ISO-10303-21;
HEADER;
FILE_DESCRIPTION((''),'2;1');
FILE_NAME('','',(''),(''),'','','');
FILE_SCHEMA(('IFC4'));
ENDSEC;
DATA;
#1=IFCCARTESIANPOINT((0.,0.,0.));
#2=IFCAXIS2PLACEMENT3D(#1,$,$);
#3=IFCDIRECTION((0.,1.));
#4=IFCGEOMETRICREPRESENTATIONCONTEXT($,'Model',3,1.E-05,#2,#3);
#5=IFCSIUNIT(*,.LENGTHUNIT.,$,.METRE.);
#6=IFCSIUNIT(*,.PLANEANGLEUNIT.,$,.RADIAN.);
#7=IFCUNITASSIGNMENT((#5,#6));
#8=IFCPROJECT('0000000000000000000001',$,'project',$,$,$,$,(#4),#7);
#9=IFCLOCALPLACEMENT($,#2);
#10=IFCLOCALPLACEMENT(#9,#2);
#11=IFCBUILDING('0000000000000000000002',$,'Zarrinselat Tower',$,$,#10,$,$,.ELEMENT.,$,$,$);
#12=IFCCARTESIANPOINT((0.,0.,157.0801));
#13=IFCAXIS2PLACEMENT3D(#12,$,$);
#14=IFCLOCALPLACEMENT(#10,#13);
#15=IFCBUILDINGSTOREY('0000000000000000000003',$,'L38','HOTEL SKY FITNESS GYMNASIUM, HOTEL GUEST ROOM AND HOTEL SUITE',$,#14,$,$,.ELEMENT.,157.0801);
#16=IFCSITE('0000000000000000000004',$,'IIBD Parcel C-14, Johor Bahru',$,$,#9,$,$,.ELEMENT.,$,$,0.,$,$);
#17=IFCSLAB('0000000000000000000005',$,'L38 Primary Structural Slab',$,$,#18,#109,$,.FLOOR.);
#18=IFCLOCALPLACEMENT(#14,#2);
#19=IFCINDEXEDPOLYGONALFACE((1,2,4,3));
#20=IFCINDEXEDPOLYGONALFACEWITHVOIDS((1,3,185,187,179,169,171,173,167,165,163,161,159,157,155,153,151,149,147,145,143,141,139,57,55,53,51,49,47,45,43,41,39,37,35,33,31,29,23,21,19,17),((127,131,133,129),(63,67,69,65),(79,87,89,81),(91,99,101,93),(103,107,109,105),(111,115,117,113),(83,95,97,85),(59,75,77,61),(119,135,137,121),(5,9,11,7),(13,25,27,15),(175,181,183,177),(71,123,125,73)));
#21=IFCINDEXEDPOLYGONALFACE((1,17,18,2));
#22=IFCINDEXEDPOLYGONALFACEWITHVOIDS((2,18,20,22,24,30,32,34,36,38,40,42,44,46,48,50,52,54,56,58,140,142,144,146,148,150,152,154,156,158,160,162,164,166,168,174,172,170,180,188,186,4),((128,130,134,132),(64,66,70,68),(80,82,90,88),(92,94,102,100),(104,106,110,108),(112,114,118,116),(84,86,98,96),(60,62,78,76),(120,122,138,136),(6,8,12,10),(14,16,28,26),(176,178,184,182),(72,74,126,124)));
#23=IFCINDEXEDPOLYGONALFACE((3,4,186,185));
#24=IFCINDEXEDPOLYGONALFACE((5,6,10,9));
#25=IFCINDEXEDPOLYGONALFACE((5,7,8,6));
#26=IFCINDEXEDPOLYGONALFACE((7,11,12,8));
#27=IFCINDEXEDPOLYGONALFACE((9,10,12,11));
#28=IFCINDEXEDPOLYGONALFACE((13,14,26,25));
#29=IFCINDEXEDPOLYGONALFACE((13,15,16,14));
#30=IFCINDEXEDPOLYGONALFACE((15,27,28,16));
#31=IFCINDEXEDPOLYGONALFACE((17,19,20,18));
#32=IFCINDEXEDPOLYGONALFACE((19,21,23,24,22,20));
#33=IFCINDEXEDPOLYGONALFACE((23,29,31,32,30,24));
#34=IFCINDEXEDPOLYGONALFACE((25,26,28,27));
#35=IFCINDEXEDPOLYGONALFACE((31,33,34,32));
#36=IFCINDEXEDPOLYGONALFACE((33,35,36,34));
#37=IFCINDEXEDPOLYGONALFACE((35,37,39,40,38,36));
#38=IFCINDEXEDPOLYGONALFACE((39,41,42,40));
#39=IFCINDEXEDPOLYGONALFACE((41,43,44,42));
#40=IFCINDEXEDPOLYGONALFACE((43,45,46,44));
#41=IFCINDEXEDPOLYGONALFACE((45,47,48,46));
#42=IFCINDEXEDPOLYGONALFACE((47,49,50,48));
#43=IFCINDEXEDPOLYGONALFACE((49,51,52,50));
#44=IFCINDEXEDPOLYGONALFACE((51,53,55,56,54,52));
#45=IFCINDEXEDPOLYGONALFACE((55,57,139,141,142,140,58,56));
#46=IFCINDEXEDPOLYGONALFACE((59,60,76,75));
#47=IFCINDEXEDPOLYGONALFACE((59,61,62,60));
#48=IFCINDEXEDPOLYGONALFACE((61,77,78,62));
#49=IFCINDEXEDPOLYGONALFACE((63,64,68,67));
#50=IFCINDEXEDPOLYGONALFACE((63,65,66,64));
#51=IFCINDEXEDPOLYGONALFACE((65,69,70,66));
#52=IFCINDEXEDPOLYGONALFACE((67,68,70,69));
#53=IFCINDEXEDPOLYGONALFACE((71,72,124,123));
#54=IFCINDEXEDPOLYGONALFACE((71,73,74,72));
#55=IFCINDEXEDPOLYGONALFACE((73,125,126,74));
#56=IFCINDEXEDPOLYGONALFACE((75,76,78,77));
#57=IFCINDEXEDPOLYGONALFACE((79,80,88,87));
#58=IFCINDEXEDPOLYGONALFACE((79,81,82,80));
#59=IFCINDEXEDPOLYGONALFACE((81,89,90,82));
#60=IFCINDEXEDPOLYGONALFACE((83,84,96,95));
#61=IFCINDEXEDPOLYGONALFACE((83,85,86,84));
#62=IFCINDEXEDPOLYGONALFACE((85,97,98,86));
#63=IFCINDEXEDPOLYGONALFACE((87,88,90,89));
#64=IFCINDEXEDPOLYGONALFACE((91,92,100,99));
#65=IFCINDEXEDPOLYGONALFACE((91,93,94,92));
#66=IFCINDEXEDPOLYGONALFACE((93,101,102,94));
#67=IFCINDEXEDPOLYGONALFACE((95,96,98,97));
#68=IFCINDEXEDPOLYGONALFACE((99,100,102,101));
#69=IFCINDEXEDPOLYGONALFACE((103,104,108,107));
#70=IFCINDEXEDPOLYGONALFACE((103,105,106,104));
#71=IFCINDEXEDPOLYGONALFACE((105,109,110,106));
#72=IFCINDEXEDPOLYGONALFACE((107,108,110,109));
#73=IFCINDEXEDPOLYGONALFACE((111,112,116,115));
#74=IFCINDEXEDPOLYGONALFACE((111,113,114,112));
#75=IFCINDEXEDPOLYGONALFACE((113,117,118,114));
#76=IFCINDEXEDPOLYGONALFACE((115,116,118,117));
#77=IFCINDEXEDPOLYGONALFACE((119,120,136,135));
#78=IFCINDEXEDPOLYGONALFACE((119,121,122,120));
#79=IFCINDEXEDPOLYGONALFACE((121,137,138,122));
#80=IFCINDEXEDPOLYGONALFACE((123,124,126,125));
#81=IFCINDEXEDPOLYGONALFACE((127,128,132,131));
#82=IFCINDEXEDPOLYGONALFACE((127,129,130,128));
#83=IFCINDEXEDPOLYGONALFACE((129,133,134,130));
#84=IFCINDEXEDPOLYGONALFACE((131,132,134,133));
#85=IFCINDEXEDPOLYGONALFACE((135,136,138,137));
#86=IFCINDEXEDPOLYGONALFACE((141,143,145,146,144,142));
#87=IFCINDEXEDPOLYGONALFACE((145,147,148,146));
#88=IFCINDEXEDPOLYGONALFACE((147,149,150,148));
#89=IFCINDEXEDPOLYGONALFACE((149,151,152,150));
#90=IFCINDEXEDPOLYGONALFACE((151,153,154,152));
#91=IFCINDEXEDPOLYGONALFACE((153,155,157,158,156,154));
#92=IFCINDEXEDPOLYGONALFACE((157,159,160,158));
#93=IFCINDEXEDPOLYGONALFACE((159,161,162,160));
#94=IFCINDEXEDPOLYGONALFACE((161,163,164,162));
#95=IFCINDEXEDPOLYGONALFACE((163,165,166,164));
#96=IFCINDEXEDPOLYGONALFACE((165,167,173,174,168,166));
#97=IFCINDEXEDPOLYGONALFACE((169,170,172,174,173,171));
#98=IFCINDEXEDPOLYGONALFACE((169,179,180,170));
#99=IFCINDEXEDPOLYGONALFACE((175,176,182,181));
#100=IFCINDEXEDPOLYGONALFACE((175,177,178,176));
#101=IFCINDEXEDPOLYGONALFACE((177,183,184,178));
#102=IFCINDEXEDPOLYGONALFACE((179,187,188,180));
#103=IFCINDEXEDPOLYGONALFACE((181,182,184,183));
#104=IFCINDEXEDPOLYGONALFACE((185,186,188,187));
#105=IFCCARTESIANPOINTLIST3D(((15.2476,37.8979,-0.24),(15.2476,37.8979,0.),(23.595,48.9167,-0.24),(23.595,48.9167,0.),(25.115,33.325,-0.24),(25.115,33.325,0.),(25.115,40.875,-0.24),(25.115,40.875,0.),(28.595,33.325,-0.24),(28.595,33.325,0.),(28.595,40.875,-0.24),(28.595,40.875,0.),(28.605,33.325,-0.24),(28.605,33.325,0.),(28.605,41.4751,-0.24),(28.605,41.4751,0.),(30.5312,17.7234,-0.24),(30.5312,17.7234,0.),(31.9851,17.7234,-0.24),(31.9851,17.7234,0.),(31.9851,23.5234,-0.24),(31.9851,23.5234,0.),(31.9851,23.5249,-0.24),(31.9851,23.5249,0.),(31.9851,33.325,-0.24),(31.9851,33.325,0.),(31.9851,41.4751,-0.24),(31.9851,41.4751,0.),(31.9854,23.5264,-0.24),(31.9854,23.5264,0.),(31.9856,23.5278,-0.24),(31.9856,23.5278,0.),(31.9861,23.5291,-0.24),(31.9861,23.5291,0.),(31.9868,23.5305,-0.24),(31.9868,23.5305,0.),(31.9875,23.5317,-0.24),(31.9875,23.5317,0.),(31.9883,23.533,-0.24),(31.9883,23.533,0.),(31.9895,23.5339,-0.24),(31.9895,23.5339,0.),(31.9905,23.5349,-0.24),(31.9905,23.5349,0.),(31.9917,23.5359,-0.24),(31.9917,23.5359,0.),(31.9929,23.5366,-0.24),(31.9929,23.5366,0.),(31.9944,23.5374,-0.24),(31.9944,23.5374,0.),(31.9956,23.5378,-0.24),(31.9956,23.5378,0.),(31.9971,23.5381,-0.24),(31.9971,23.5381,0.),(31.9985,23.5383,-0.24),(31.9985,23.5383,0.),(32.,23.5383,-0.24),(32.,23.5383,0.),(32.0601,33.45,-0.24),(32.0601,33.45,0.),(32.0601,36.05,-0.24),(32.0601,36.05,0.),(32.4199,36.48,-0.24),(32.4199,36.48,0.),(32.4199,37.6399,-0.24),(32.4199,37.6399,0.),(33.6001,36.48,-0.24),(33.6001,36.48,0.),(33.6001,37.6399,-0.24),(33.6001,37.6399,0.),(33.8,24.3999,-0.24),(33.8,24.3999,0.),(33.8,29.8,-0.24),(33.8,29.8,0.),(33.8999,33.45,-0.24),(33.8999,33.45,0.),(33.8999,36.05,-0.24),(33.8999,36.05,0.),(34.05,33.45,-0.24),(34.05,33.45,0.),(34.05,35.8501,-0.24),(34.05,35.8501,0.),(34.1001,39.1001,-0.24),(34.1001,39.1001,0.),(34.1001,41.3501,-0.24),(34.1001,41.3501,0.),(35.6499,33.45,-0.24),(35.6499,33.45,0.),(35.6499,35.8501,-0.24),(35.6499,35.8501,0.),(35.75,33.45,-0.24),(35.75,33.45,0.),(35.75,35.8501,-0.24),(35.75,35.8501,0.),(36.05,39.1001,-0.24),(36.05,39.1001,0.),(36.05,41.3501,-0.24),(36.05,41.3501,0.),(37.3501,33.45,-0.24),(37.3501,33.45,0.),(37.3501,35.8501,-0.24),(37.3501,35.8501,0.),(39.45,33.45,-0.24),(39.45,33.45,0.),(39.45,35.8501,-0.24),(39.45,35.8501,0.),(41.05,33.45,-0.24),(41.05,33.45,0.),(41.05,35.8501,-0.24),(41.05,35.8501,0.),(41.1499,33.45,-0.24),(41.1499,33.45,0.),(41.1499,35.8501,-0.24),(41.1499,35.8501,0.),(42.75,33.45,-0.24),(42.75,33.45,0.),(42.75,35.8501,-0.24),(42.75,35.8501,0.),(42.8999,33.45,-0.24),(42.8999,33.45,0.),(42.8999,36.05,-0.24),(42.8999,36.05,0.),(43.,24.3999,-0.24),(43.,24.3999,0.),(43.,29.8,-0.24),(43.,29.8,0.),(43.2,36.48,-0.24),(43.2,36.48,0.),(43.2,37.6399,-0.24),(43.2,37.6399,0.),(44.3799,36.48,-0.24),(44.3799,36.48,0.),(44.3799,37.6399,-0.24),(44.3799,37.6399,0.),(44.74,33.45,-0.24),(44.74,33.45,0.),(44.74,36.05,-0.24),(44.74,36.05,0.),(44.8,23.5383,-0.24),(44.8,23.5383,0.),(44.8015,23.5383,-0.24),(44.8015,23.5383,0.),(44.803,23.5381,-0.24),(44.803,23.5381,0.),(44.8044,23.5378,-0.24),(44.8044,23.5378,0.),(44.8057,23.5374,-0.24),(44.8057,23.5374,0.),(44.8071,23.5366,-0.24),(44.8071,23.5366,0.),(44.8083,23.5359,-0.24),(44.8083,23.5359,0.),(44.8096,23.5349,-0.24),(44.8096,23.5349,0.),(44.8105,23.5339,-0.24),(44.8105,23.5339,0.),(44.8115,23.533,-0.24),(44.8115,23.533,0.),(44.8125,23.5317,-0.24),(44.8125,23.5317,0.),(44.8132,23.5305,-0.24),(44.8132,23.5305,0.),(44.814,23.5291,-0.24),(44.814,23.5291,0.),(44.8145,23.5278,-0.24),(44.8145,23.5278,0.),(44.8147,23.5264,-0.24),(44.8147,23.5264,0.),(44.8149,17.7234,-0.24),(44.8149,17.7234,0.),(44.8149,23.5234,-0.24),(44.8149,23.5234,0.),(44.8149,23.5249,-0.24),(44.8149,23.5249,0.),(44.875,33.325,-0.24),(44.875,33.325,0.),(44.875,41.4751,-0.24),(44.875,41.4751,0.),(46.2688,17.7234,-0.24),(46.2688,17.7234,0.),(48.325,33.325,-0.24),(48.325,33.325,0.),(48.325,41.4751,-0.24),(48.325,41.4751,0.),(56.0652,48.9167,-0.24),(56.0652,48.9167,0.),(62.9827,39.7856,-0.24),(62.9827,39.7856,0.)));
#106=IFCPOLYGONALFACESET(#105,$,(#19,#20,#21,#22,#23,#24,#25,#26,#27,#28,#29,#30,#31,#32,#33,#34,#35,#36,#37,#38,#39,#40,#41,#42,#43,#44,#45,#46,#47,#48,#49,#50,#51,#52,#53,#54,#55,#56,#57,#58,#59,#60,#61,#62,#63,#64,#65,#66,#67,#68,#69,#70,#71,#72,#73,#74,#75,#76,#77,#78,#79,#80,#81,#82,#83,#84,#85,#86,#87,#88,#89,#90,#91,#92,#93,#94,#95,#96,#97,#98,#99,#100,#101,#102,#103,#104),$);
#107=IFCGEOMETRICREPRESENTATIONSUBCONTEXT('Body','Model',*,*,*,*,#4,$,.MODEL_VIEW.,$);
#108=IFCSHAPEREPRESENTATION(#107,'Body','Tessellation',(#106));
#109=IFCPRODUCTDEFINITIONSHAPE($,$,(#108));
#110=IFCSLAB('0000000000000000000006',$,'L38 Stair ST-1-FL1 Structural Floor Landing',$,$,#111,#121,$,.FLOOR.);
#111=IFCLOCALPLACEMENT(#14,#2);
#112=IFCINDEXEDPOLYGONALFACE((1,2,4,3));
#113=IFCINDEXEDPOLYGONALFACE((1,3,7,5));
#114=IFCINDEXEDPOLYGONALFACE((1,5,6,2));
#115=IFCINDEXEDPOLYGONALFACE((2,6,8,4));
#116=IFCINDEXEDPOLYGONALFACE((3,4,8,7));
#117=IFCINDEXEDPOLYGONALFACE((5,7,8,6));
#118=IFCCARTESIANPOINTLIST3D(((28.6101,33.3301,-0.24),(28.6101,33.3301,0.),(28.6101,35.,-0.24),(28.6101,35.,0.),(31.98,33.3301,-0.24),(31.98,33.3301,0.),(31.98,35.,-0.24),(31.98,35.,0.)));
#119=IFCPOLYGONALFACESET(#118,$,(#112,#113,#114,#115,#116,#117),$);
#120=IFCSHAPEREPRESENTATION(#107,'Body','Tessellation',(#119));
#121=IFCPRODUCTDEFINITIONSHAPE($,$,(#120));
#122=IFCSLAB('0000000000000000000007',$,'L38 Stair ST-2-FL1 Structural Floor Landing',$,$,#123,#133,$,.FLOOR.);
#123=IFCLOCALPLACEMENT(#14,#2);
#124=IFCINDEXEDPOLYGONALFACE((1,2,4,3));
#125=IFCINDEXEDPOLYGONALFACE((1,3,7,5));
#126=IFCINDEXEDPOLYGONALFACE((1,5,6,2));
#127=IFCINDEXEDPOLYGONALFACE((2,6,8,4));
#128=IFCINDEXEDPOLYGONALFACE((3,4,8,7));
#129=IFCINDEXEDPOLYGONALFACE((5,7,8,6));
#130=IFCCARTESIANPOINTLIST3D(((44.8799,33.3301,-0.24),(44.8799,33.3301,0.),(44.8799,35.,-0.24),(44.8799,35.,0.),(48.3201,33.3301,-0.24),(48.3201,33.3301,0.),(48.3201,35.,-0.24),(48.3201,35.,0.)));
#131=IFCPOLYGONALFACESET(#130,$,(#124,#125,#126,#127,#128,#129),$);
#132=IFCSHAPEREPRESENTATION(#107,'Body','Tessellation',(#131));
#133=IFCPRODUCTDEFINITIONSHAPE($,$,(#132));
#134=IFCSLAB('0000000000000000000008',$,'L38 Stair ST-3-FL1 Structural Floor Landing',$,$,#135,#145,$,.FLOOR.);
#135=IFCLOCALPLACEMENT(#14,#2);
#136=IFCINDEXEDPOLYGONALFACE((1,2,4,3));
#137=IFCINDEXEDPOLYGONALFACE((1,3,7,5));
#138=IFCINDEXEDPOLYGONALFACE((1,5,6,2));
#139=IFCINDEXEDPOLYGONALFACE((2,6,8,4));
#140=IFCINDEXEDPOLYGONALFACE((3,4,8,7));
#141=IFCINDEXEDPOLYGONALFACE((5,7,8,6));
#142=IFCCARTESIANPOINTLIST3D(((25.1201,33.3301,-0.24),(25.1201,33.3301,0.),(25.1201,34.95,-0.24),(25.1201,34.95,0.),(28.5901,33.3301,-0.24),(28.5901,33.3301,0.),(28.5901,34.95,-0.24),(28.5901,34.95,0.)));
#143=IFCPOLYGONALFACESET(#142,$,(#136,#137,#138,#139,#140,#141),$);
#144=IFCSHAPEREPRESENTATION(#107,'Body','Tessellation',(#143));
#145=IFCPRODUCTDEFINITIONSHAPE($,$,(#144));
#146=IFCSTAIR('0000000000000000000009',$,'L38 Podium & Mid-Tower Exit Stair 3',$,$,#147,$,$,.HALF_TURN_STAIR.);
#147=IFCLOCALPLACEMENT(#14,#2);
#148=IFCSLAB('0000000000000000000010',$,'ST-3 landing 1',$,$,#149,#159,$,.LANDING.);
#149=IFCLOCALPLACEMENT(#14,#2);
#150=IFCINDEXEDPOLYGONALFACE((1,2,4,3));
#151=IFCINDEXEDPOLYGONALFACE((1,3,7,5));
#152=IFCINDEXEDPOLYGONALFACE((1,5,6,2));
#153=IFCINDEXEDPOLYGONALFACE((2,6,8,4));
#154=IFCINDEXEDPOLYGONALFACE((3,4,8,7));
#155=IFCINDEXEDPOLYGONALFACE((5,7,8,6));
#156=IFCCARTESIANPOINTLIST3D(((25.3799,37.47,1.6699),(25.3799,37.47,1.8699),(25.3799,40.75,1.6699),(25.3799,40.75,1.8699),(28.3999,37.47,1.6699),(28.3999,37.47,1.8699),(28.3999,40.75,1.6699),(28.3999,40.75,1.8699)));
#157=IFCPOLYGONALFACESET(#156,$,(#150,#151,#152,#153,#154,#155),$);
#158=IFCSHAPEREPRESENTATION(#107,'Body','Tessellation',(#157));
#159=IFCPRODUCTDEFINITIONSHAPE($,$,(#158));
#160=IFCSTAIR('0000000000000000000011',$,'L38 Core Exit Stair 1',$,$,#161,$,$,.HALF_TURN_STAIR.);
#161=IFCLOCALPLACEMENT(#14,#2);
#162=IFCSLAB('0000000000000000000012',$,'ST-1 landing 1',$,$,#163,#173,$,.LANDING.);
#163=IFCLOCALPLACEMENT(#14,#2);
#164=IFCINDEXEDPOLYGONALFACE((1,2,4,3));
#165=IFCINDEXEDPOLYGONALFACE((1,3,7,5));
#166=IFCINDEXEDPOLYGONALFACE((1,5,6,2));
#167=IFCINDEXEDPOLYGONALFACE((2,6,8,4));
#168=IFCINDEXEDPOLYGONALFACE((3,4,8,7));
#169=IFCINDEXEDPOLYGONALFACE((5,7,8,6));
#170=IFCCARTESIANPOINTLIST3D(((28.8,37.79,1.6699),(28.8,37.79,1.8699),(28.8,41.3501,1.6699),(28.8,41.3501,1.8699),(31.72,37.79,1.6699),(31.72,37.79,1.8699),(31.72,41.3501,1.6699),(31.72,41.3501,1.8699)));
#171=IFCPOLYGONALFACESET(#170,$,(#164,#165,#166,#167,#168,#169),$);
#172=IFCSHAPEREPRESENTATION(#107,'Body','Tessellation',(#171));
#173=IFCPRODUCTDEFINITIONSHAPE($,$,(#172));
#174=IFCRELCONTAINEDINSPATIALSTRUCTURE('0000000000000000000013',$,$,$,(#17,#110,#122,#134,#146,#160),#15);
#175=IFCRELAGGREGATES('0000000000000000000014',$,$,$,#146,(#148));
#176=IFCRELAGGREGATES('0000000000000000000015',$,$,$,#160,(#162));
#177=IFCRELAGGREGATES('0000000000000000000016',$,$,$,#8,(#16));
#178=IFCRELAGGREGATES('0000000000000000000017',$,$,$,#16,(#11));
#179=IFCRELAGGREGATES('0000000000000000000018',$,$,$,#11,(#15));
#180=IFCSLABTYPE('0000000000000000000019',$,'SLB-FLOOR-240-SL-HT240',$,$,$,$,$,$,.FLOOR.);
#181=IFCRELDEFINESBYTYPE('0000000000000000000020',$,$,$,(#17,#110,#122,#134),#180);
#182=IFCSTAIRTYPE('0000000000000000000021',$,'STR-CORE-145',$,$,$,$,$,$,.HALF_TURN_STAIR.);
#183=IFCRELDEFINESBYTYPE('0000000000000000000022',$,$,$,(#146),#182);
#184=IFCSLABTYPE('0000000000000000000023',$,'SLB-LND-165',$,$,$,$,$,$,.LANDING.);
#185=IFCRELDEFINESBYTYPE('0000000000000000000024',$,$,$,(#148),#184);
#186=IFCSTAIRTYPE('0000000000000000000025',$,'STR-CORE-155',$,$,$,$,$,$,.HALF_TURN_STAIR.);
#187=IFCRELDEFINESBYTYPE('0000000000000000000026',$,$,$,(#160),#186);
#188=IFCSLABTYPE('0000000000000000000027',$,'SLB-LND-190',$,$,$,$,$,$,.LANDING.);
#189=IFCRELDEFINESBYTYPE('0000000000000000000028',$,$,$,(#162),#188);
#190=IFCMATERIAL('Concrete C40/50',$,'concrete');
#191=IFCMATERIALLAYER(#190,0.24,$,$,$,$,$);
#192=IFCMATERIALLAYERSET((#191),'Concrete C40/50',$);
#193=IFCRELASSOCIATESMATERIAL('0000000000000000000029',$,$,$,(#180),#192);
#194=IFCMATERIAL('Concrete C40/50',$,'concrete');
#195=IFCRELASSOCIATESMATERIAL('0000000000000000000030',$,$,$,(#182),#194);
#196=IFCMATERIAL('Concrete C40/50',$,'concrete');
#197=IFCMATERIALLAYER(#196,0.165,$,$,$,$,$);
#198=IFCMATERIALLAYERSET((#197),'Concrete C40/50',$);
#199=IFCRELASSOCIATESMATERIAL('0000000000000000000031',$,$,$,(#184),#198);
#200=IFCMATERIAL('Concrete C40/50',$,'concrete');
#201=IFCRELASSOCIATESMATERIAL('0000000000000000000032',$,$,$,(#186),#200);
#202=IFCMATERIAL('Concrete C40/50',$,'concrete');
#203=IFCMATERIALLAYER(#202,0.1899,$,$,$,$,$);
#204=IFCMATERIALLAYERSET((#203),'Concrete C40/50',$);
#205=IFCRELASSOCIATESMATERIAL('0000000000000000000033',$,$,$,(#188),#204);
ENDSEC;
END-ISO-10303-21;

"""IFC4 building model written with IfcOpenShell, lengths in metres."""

from ifc_helpers import new_model, si_unit, direction, frame, origin, place, context, subcontext, project, spatial, polyline, outline, extrude, material, layer, layer_set, type_object, element, aggregate, save


model = new_model("IFC4")

# Units and contexts
model_context = context("Model", 3, precision=1e-05, world=origin(), true_north=direction((0.0, 1.0)))
body_context = subcontext(model_context, "Body", "Model", "MODEL_VIEW")
ifc_project = project(units=[si_unit("LENGTHUNIT", "METRE"), si_unit("PLANEANGLEUNIT", "RADIAN")], contexts=[model_context])

# Site, building, storey
site_placement = place(None, origin())
site = spatial("IfcSite", under=ifc_project, at=site_placement, Name="IIBD Parcel C-14, Johor Bahru", CompositionType="ELEMENT", RefElevation=0.0)
building_placement = place(site_placement, origin())
building = spatial("IfcBuilding", under=site, at=building_placement, Name="Zarrinselat Tower", CompositionType="ELEMENT")
storey_placement = place(building_placement, frame((0.0, 0.0, 157.0801)))
storey = spatial("IfcBuildingStorey", under=building, at=storey_placement, Name="L38", Description="HOTEL SKY FITNESS GYMNASIUM, HOTEL GUEST ROOM AND HOTEL SUITE", CompositionType="ELEMENT", Elevation=157.0801)

# Slabs
ifc_material_1 = material(Name="Concrete C40/50", Category="concrete")
ifc_layer_1 = layer(ifc_material_1, 0.24)
ifc_layer_set_1 = layer_set([ifc_layer_1], Name="Concrete C40/50")
slab_type_1 = type_object("IfcSlabType", Name="SLB-FLOOR-240-SL-HT240", PredefinedType="FLOOR", material=ifc_layer_set_1)
slab_1_placement = place(storey_placement, frame((0.0, 0.0, -0.24)))
element("IfcSlab", 1, at=slab_1_placement, inside=storey, type_object=slab_type_1, Name="L38 Primary Structural Slab", PredefinedType="FLOOR", context=body_context, shape_type="SweptSolid", body=[
    extrude(outline(polyline([(30.5312, 17.7234), (15.2476, 37.8979), (23.595, 48.9167), (56.0652, 48.9167), (62.9827, 39.7856), (46.2688, 17.7234), (44.8149, 17.7234), (44.8149, 23.5234), (44.8149, 23.5249), (44.8147, 23.5264), (44.8145, 23.5278), (44.814, 23.5291), (44.8132, 23.5305), (44.8125, 23.5317), (44.8115, 23.533), (44.8105, 23.5339), (44.8096, 23.5349), (44.8083, 23.5359), (44.8071, 23.5366), (44.8057, 23.5374), (44.8044, 23.5378), (44.803, 23.5381), (44.8015, 23.5383), (44.8, 23.5383), (32.0, 23.5383), (31.9985, 23.5383), (31.9971, 23.5381), (31.9956, 23.5378), (31.9944, 23.5374), (31.9929, 23.5366), (31.9917, 23.5359), (31.9905, 23.5349), (31.9895, 23.5339), (31.9883, 23.533), (31.9875, 23.5317), (31.9868, 23.5305), (31.9861, 23.5291), (31.9856, 23.5278), (31.9854, 23.5264), (31.9851, 23.5249), (31.9851, 23.5234), (31.9851, 17.7234), (30.5312, 17.7234)]), holes=[polyline([(35.6499, 33.45), (34.05, 33.45), (34.05, 35.8501), (35.6499, 35.8501), (35.6499, 33.45)]), polyline([(35.75, 33.45), (35.75, 35.8501), (37.3501, 35.8501), (37.3501, 33.45), (35.75, 33.45)]), polyline([(32.0601, 33.45), (32.0601, 36.05), (33.8999, 36.05), (33.8999, 33.45), (32.0601, 33.45)]), polyline([(33.6001, 36.48), (32.4199, 36.48), (32.4199, 37.6399), (33.6001, 37.6399), (33.6001, 36.48)]), polyline([(28.595, 33.325), (25.115, 33.325), (25.115, 40.875), (28.595, 40.875), (28.595, 33.325)]), polyline([(31.9851, 33.325), (28.605, 33.325), (28.605, 41.4751), (31.9851, 41.4751), (31.9851, 33.325)]), polyline([(36.05, 39.1001), (34.1001, 39.1001), (34.1001, 41.3501), (36.05, 41.3501), (36.05, 39.1001)]), polyline([(33.8, 24.3999), (33.8, 29.8), (43.0, 29.8), (43.0, 24.3999), (33.8, 24.3999)]), polyline([(39.45, 33.45), (39.45, 35.8501), (41.05, 35.8501), (41.05, 33.45), (39.45, 33.45)]), polyline([(41.1499, 33.45), (41.1499, 35.8501), (42.75, 35.8501), (42.75, 33.45), (41.1499, 33.45)]), polyline([(42.8999, 33.45), (42.8999, 36.05), (44.74, 36.05), (44.74, 33.45), (42.8999, 33.45)]), polyline([(43.2, 36.48), (43.2, 37.6399), (44.3799, 37.6399), (44.3799, 36.48), (43.2, 36.48)]), polyline([(48.325, 33.325), (44.875, 33.325), (44.875, 41.4751), (48.325, 41.4751), (48.325, 33.325)])]), origin(), (0.0, 0.0, 1.0), 0.24),
])
slab_2_placement = place(storey_placement, frame((0.0, 0.0, -0.24)))
element("IfcSlab", 2, at=slab_2_placement, inside=storey, type_object=slab_type_1, Name="L38 Stair ST-1-FL1 Structural Floor Landing", PredefinedType="FLOOR", context=body_context, shape_type="SweptSolid", body=[
    extrude(outline(polyline([(31.98, 33.3301), (31.98, 35.0), (28.6101, 35.0), (28.6101, 33.3301), (31.98, 33.3301)])), origin(), (0.0, 0.0, 1.0), 0.24),
])
slab_3_placement = place(storey_placement, frame((0.0, 0.0, -0.24)))
element("IfcSlab", 3, at=slab_3_placement, inside=storey, type_object=slab_type_1, Name="L38 Stair ST-2-FL1 Structural Floor Landing", PredefinedType="FLOOR", context=body_context, shape_type="SweptSolid", body=[
    extrude(outline(polyline([(48.3201, 33.3301), (48.3201, 35.0), (44.8799, 35.0), (44.8799, 33.3301), (48.3201, 33.3301)])), origin(), (0.0, 0.0, 1.0), 0.24),
])
slab_4_placement = place(storey_placement, frame((0.0, 0.0, -0.24)))
element("IfcSlab", 4, at=slab_4_placement, inside=storey, type_object=slab_type_1, Name="L38 Stair ST-3-FL1 Structural Floor Landing", PredefinedType="FLOOR", context=body_context, shape_type="SweptSolid", body=[
    extrude(outline(polyline([(28.5901, 33.3301), (28.5901, 34.95), (25.1201, 34.95), (25.1201, 33.3301), (28.5901, 33.3301)])), origin(), (0.0, 0.0, 1.0), 0.24),
])

# Stairs, slabs
ifc_material_2 = material(Name="Concrete C40/50", Category="concrete")
stair_type_1 = type_object("IfcStairType", Name="STR-CORE-145", PredefinedType="HALF_TURN_STAIR", material=ifc_material_2)
stair_1_placement = place(storey_placement, origin())
stair_1 = element("IfcStair", 5, at=stair_1_placement, inside=storey, type_object=stair_type_1, Name="L38 Podium & Mid-Tower Exit Stair 3", PredefinedType="HALF_TURN_STAIR")
ifc_material_3 = material(Name="Concrete C40/50", Category="concrete")
ifc_layer_2 = layer(ifc_material_3, 0.165)
ifc_layer_set_2 = layer_set([ifc_layer_2], Name="Concrete C40/50")
slab_type_2 = type_object("IfcSlabType", Name="SLB-LND-165", PredefinedType="LANDING", material=ifc_layer_set_2)
slab_5_placement = place(storey_placement, frame((0.0, 0.0, 1.6699)))
slab_5 = element("IfcSlab", 6, at=slab_5_placement, type_object=slab_type_2, Name="ST-3 landing 1", PredefinedType="LANDING", context=body_context, shape_type="SweptSolid", body=[
    extrude(outline(polyline([(28.3999, 37.47), (28.3999, 40.75), (25.3799, 40.75), (25.3799, 37.47), (28.3999, 37.47)])), origin(), (0.0, 0.0, 1.0), 0.2),
])
aggregate(stair_1, [slab_5])
ifc_material_4 = material(Name="Concrete C40/50", Category="concrete")
stair_type_2 = type_object("IfcStairType", Name="STR-CORE-155", PredefinedType="HALF_TURN_STAIR", material=ifc_material_4)
stair_2_placement = place(storey_placement, origin())
stair_2 = element("IfcStair", 7, at=stair_2_placement, inside=storey, type_object=stair_type_2, Name="L38 Core Exit Stair 1", PredefinedType="HALF_TURN_STAIR")
ifc_material_5 = material(Name="Concrete C40/50", Category="concrete")
ifc_layer_3 = layer(ifc_material_5, 0.1899)
ifc_layer_set_3 = layer_set([ifc_layer_3], Name="Concrete C40/50")
slab_type_3 = type_object("IfcSlabType", Name="SLB-LND-190", PredefinedType="LANDING", material=ifc_layer_set_3)
slab_6_placement = place(storey_placement, frame((0.0, 0.0, 1.6699)))
slab_6 = element("IfcSlab", 8, at=slab_6_placement, type_object=slab_type_3, Name="ST-1 landing 1", PredefinedType="LANDING", context=body_context, shape_type="SweptSolid", body=[
    extrude(outline(polyline([(31.72, 37.79), (31.72, 41.3501), (28.8, 41.3501), (28.8, 37.79), (31.72, 37.79)])), origin(), (0.0, 0.0, 1.0), 0.2),
])
aggregate(stair_2, [slab_6])

save(model, "model.ifc")
